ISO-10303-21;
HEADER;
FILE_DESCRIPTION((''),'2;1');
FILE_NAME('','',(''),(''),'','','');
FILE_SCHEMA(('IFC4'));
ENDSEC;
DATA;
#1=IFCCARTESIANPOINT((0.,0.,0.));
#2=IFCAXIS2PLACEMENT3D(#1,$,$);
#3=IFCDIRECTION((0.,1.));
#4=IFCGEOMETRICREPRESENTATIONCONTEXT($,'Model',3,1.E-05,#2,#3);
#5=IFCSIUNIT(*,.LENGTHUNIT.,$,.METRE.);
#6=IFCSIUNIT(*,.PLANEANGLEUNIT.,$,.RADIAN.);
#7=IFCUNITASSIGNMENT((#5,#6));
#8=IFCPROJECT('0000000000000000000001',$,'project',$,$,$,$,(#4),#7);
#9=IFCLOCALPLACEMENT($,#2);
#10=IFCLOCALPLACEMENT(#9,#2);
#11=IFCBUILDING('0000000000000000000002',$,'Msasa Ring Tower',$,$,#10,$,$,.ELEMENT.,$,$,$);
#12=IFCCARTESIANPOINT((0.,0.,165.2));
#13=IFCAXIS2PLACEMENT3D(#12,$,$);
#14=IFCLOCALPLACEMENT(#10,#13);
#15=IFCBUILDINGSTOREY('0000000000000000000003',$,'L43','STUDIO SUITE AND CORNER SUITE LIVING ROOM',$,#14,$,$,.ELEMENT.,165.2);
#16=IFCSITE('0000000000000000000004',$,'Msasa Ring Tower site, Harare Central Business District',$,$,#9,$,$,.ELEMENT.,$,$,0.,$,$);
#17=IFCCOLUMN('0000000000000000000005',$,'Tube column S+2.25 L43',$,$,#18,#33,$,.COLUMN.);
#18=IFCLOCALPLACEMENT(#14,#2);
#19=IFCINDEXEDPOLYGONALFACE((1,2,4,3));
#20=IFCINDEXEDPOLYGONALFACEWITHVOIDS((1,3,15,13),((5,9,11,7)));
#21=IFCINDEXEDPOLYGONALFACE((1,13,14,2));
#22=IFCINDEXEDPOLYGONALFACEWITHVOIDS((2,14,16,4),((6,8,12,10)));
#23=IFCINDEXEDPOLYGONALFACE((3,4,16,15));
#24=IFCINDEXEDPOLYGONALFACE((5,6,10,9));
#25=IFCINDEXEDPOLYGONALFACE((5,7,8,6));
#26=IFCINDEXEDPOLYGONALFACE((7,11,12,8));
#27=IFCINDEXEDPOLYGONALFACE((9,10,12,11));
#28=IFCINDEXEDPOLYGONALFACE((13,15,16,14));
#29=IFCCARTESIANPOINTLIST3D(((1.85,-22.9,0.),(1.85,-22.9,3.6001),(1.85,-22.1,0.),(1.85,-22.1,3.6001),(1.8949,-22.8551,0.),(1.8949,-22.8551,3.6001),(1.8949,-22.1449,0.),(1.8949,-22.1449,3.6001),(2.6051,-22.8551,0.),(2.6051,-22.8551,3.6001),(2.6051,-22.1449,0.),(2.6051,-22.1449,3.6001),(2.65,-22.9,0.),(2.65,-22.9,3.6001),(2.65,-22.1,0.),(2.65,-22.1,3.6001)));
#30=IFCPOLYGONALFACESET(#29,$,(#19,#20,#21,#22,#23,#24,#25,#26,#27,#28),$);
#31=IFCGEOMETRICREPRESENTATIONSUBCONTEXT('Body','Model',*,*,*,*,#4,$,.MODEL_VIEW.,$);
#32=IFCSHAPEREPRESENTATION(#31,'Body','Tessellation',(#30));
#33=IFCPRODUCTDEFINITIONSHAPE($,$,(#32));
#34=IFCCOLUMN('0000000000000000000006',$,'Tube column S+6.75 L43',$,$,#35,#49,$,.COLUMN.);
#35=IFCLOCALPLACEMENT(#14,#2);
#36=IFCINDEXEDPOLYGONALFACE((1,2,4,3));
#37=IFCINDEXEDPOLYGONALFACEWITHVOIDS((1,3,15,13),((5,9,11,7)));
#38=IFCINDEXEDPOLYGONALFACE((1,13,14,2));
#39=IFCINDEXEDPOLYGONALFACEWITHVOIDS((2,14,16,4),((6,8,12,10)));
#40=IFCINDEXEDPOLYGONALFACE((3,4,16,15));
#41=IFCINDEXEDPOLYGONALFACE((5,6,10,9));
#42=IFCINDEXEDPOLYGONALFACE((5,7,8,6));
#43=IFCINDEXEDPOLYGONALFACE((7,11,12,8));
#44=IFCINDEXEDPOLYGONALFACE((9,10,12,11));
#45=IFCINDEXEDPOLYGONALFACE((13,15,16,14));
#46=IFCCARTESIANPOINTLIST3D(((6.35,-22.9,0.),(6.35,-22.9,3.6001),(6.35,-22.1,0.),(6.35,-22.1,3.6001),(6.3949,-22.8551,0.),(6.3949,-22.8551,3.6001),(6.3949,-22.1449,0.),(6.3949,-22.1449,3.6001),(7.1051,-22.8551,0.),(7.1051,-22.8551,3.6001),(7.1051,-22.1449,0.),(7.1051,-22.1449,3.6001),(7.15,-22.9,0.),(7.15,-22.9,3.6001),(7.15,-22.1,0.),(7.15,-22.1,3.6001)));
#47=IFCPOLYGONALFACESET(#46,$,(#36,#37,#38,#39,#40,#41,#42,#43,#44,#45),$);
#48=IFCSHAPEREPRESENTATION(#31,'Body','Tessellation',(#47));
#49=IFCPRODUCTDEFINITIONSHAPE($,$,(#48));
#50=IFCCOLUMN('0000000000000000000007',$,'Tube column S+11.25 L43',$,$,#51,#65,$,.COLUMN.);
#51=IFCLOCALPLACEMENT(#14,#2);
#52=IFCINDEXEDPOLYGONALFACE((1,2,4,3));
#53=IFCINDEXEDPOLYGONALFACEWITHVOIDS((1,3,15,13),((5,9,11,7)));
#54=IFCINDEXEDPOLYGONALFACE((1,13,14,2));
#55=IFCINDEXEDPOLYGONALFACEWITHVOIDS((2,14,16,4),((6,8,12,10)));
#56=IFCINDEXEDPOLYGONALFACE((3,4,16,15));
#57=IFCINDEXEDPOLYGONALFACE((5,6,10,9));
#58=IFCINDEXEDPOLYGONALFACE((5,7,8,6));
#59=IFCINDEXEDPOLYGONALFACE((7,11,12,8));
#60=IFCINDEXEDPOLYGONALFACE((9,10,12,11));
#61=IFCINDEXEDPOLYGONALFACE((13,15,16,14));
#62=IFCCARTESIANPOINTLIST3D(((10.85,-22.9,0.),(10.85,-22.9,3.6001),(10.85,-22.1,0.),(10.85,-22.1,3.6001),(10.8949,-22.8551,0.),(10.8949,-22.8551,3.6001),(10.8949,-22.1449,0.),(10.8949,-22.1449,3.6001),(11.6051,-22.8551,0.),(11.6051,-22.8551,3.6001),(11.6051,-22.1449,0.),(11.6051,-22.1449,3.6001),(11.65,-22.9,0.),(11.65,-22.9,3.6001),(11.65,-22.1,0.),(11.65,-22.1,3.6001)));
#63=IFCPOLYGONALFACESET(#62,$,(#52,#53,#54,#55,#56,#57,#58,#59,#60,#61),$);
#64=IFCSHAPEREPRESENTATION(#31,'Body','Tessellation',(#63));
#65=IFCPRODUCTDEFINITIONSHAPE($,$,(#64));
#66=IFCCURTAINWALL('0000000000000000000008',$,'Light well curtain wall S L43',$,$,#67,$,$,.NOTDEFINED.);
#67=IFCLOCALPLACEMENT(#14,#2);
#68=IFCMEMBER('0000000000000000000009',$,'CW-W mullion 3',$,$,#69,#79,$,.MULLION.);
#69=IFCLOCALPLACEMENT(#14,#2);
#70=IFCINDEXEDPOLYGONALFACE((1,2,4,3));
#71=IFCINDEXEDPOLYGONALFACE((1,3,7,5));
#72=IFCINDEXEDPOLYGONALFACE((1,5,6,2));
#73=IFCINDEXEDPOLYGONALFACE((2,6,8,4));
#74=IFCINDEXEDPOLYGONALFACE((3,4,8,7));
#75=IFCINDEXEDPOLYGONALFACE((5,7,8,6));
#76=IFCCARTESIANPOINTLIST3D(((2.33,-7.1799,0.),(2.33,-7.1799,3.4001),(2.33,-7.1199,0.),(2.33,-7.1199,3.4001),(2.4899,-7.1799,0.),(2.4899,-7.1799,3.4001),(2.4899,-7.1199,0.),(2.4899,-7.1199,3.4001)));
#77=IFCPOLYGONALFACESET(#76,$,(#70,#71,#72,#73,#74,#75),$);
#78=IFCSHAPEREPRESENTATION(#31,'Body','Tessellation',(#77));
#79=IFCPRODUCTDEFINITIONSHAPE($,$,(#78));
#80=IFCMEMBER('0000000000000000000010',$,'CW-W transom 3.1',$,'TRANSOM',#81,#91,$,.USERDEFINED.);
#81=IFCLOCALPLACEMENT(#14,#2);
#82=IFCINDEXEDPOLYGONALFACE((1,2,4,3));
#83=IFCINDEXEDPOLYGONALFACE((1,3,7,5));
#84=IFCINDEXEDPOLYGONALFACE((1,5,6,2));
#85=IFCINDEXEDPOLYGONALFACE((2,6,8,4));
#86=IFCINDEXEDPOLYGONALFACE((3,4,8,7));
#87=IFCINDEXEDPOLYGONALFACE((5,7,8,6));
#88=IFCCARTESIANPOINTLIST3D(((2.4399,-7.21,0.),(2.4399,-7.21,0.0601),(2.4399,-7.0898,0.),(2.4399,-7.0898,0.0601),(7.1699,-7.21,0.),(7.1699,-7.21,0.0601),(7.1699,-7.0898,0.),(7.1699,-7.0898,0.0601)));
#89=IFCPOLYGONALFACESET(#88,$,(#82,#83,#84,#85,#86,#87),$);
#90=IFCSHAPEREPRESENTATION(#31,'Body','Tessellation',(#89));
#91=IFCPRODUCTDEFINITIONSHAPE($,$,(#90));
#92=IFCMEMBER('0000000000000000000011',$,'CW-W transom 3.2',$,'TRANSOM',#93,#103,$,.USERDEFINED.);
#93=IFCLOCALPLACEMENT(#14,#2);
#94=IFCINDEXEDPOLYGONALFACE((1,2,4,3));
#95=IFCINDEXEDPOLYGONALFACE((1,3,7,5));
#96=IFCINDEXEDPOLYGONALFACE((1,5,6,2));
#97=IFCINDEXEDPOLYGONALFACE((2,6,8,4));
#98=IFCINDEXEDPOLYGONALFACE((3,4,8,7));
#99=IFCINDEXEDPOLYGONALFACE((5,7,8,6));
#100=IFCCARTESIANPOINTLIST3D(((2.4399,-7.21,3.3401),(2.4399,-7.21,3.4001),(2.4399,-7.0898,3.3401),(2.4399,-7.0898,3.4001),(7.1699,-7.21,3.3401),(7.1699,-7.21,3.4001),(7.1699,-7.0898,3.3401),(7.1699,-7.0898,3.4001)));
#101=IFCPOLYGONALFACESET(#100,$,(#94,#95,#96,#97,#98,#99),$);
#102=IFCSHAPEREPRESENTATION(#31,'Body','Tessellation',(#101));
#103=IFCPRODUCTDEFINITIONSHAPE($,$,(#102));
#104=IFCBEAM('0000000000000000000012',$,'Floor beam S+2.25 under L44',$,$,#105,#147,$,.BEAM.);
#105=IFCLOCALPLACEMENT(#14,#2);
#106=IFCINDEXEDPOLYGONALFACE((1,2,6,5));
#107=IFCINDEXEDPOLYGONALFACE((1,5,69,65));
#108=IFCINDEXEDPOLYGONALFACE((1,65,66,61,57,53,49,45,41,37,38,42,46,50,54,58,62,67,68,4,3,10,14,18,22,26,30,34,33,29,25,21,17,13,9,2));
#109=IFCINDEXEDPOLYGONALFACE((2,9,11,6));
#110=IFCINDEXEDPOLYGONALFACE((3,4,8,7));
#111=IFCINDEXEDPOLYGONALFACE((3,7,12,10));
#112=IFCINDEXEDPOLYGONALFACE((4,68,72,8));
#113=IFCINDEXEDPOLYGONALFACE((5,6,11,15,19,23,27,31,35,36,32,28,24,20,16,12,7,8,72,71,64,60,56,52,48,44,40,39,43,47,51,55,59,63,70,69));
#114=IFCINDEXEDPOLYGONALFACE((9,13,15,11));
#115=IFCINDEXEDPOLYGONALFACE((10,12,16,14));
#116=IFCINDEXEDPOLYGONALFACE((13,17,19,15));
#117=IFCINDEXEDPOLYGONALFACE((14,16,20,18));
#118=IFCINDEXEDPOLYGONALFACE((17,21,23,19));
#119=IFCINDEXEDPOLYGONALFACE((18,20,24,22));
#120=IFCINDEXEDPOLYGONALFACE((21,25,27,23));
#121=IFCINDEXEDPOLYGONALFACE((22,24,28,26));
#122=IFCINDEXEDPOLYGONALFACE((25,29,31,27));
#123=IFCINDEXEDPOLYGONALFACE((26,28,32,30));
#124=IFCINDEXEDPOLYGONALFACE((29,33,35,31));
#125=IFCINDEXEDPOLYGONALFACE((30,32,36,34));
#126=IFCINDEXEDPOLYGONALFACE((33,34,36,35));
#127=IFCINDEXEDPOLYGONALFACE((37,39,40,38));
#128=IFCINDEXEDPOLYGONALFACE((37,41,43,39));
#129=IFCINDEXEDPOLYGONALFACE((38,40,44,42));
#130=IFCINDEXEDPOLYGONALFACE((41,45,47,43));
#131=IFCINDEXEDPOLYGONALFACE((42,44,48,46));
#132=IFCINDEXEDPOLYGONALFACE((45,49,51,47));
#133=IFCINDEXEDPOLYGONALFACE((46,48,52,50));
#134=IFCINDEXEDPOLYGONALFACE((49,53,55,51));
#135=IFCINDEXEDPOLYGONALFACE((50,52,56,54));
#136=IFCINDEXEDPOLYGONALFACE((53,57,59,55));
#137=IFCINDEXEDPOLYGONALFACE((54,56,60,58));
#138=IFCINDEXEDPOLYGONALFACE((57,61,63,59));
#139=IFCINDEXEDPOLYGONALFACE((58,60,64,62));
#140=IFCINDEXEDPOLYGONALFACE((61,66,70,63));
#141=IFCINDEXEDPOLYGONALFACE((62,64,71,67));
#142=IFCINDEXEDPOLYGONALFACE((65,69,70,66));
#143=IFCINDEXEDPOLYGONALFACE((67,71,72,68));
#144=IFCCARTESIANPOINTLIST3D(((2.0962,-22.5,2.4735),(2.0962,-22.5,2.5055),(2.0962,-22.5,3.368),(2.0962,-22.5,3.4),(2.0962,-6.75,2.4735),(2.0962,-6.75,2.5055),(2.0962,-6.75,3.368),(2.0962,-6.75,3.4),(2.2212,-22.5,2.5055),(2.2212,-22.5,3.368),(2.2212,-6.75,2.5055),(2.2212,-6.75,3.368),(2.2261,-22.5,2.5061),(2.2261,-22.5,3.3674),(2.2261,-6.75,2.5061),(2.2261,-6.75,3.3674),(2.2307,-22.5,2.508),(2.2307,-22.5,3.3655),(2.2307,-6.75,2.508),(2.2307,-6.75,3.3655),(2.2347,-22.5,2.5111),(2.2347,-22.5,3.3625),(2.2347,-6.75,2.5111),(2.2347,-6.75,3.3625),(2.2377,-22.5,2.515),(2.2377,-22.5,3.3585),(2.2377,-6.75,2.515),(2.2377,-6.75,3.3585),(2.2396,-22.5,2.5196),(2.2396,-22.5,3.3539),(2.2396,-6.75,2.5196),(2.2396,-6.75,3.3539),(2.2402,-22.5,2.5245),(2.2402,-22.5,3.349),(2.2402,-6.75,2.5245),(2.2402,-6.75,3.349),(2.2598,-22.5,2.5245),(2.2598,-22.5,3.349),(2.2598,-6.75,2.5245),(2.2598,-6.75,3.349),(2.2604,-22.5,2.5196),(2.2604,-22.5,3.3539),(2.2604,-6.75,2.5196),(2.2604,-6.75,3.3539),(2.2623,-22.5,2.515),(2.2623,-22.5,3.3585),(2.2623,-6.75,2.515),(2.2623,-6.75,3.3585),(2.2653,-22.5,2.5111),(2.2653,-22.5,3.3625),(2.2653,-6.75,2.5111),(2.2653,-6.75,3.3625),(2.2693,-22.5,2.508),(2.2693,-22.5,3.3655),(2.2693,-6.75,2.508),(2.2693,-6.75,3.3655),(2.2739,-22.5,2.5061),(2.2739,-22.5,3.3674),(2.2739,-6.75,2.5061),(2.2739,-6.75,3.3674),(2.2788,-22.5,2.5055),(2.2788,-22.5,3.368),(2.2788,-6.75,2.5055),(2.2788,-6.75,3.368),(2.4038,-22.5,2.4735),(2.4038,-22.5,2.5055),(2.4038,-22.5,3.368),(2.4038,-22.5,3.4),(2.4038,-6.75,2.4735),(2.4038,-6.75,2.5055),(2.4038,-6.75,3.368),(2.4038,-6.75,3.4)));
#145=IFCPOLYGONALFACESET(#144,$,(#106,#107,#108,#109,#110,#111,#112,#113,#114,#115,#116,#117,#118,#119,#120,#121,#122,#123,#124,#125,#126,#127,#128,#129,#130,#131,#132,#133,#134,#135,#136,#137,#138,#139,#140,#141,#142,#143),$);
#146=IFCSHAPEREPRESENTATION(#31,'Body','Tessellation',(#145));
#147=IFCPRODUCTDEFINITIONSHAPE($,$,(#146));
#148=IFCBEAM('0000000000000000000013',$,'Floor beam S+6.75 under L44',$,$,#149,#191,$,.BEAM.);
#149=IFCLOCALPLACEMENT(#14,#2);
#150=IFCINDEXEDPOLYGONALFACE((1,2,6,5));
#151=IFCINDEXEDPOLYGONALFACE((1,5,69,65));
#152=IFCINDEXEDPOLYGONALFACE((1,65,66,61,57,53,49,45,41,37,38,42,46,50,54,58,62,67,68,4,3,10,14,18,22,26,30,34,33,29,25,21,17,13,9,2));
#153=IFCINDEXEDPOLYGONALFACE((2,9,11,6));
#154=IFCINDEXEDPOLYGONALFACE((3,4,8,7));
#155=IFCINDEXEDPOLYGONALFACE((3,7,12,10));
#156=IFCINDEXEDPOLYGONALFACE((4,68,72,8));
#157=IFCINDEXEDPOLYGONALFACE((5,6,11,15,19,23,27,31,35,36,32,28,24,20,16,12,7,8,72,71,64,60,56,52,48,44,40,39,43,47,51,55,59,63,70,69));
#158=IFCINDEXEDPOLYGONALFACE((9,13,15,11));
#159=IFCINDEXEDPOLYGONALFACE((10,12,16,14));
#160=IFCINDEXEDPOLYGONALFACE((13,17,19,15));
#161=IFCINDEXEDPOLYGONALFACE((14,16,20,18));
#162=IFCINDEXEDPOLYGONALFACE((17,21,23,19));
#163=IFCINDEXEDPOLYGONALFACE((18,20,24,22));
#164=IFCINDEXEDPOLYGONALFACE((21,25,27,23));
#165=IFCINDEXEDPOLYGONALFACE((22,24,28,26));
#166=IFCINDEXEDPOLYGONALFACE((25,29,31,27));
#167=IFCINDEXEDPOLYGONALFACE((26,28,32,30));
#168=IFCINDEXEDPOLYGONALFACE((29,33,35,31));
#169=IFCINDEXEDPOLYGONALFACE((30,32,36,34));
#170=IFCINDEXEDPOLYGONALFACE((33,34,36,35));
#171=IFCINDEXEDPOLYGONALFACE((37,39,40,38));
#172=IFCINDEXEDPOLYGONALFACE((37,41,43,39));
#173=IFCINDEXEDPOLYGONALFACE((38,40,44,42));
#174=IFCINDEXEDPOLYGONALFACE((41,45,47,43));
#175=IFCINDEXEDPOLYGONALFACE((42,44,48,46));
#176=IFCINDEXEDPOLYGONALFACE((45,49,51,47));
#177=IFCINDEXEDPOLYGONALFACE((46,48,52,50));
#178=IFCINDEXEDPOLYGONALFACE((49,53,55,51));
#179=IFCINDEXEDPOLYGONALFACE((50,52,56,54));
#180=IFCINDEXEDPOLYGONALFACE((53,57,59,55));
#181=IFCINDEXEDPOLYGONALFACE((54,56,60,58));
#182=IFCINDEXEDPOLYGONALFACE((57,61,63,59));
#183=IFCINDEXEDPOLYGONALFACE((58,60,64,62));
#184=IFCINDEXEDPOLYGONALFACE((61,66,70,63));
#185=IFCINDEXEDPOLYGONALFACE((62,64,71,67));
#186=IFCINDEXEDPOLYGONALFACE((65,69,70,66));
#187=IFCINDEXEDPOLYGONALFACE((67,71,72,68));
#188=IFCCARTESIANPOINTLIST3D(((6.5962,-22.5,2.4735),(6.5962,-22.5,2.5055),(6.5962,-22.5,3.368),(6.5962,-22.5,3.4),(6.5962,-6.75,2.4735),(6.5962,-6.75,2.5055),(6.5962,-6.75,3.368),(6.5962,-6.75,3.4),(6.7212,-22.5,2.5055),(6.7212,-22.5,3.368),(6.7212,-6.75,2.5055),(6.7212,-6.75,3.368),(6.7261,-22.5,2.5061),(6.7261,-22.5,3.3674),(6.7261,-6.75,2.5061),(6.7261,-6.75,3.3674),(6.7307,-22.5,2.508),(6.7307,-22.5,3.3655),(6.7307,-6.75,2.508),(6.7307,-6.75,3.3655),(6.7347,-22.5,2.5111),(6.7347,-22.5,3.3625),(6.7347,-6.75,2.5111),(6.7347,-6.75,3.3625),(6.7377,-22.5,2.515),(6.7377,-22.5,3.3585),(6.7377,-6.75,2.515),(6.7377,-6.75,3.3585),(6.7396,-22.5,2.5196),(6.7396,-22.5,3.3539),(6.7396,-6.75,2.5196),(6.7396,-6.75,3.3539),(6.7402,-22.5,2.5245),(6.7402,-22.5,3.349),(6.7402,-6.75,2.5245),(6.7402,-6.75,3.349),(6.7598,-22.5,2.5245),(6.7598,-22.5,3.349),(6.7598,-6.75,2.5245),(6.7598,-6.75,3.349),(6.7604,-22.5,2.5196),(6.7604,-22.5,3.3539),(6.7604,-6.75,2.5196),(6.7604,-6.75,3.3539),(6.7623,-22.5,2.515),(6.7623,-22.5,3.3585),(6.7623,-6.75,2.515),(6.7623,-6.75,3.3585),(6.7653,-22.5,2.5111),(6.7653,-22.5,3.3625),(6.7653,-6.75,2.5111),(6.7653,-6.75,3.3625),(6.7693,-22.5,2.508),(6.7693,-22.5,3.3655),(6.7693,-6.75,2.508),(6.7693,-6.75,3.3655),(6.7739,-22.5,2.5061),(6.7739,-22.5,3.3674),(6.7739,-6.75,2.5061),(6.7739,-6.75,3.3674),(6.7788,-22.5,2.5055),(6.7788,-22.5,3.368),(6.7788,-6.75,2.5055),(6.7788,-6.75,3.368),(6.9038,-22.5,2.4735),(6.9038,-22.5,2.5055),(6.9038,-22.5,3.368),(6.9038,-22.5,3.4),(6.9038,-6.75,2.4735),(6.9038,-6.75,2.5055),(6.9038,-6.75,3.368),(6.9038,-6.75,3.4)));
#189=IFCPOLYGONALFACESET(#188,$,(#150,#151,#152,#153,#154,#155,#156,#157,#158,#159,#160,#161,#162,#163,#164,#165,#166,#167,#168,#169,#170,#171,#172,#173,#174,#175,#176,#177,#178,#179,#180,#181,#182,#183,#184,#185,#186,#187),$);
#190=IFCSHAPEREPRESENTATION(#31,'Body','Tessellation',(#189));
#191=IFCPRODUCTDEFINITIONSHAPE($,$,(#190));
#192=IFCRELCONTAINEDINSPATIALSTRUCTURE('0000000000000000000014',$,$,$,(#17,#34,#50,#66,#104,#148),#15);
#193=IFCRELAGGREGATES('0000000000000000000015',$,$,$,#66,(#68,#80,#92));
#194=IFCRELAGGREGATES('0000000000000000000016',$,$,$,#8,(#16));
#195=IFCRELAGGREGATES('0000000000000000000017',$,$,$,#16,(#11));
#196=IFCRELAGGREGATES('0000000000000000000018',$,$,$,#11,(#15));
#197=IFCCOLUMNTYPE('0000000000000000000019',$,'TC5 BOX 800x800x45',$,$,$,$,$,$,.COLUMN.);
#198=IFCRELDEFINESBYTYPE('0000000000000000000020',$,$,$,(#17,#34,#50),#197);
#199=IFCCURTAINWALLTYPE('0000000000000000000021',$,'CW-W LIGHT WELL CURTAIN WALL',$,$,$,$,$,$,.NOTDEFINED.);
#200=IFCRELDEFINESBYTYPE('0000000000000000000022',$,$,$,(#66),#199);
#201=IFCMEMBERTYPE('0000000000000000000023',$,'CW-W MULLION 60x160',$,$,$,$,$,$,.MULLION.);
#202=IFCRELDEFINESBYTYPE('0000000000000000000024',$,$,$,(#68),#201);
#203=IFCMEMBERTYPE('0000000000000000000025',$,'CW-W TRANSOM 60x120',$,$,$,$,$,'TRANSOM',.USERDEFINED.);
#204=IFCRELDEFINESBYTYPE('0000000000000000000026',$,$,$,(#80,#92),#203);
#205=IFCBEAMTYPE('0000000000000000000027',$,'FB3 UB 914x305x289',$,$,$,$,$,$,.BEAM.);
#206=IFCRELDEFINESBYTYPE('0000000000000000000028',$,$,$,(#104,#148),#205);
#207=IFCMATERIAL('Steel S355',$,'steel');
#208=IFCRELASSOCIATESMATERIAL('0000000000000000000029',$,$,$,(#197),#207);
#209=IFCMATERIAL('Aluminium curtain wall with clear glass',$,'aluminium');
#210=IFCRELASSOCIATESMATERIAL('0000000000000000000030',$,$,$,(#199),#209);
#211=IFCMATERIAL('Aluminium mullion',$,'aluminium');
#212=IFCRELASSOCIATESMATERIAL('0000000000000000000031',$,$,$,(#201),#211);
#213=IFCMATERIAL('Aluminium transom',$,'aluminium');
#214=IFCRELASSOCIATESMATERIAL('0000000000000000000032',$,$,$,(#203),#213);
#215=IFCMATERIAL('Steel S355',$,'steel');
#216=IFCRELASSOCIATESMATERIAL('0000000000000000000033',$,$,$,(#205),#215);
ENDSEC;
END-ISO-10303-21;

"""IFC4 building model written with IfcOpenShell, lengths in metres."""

from ifc_helpers import new_model, si_unit, direction, frame, origin, origin_2d, place, context, subcontext, project, spatial, rectangle, hollow_rectangle, i_section, extrude, material, material_profile, profile_set, type_object, element, aggregate, save


model = new_model("IFC4")

# Units and contexts
model_context = context("Model", 3, precision=1e-05, world=origin(), true_north=direction((0.0, 1.0)))
body_context = subcontext(model_context, "Body", "Model", "MODEL_VIEW")
ifc_project = project(units=[si_unit("LENGTHUNIT", "METRE"), si_unit("PLANEANGLEUNIT", "RADIAN")], contexts=[model_context])

# Site, building, storey
site_placement = place(None, origin())
site = spatial("IfcSite", under=ifc_project, at=site_placement, Name="Msasa Ring Tower site, Harare Central Business District", CompositionType="ELEMENT", RefElevation=0.0)
building_placement = place(site_placement, origin())
building = spatial("IfcBuilding", under=site, at=building_placement, Name="Msasa Ring Tower", CompositionType="ELEMENT")
storey_placement = place(building_placement, frame((0.0, 0.0, 165.2)))
storey = spatial("IfcBuildingStorey", under=building, at=storey_placement, Name="L43", Description="STUDIO SUITE AND CORNER SUITE LIVING ROOM", CompositionType="ELEMENT", Elevation=165.2)

# Columns
ifc_material_1 = material(Name="Steel S355", Category="steel")
ifc_material_profile_1 = material_profile(ifc_material_1, hollow_rectangle(XDim=0.8, YDim=0.8, WallThickness=0.0449, at=origin_2d()), Name="BOX 800x800x45")
ifc_profile_set_1 = profile_set([ifc_material_profile_1], Name="Steel S355")
column_type = type_object("IfcColumnType", Name="TC5 BOX 800x800x45", PredefinedType="COLUMN", material=ifc_profile_set_1)
for number, where, z_axis, x_axis, name in (
    (1, (2.25, -22.5, 0.0), (0.0, 0.0, 1.0), (0.0, 1.0, 0.0), "Tube column S+2.25 L43"),
    (2, (6.75, -22.5, 0.0), (0.0, 0.0, 1.0), (0.0, 1.0, 0.0), "Tube column S+6.75 L43"),
    (3, (11.25, -22.5, 0.0), (0.0, 0.0, 1.0), (0.0, 1.0, 0.0), "Tube column S+11.25 L43"),
):
    element("IfcColumn", number, at=place(storey_placement, frame(where, z_axis=z_axis, x_axis=x_axis)), inside=storey, type_object=column_type, Name=name, PredefinedType="COLUMN", context=body_context, shape_type="SweptSolid", body=[
        extrude(hollow_rectangle(XDim=0.8, YDim=0.8, WallThickness=0.0449, at=origin_2d()), origin(), (0.0, 0.0, 1.0), 3.6001),
    ])

# Curtain wall, members
ifc_material_2 = material(Name="Aluminium curtain wall with clear glass", Category="aluminium")
curtain_wall_type = type_object("IfcCurtainWallType", Name="CW-W LIGHT WELL CURTAIN WALL", PredefinedType="NOTDEFINED", material=ifc_material_2)
curtain_wall_placement = place(storey_placement, origin())
curtain_wall = element("IfcCurtainWall", 4, at=curtain_wall_placement, inside=storey, type_object=curtain_wall_type, Name="Light well curtain wall S L43", PredefinedType="NOTDEFINED")
ifc_material_3 = material(Name="Aluminium mullion", Category="aluminium")
ifc_material_profile_2 = material_profile(ifc_material_3, rectangle(XDim=0.0601, YDim=0.1599, at=origin_2d()), Name="AL 60x160")
ifc_profile_set_2 = profile_set([ifc_material_profile_2], Name="Aluminium mullion")
member_type_1 = type_object("IfcMemberType", Name="CW-W MULLION 60x160", PredefinedType="MULLION", material=ifc_profile_set_2)
member_1_placement = place(storey_placement, frame((2.4099, -7.1499, 0.0), z_axis=(0.0, 0.0, 1.0), x_axis=(0.0, 1.0, 0.0)))
member_1 = element("IfcMember", 5, at=member_1_placement, type_object=member_type_1, Name="CW-W mullion 3", PredefinedType="MULLION", context=body_context, shape_type="SweptSolid", body=[
    extrude(rectangle(XDim=0.0601, YDim=0.1599, at=origin_2d()), origin(), (0.0, 0.0, 1.0), 3.4001),
])
ifc_material_4 = material(Name="Aluminium transom", Category="aluminium")
ifc_material_profile_3 = material_profile(ifc_material_4, rectangle(XDim=0.1201, YDim=0.0601, at=origin_2d()), Name="AL 60x120")
ifc_profile_set_3 = profile_set([ifc_material_profile_3], Name="Aluminium transom")
member_type_2 = type_object("IfcMemberType", Name="CW-W TRANSOM 60x120", ElementType="TRANSOM", PredefinedType="USERDEFINED", material=ifc_profile_set_3)
member_2_placement = place(storey_placement, frame((2.4399, -7.1499, 0.03), z_axis=(1.0, 0.0, 0.0), x_axis=(0.0, 1.0, 0.0)))
member_2 = element("IfcMember", 6, at=member_2_placement, type_object=member_type_2, Name="CW-W transom 3.1", ObjectType="TRANSOM", PredefinedType="USERDEFINED", context=body_context, shape_type="SweptSolid", body=[
    extrude(rectangle(XDim=0.1201, YDim=0.0601, at=origin_2d()), origin(), (0.0, 0.0, 1.0), 4.73),
])
member_3_placement = place(storey_placement, frame((2.4399, -7.1499, 3.3701), z_axis=(1.0, 0.0, 0.0), x_axis=(0.0, 1.0, 0.0)))
member_3 = element("IfcMember", 7, at=member_3_placement, type_object=member_type_2, Name="CW-W transom 3.2", ObjectType="TRANSOM", PredefinedType="USERDEFINED", context=body_context, shape_type="SweptSolid", body=[
    extrude(rectangle(XDim=0.1201, YDim=0.0601, at=origin_2d()), origin(), (0.0, 0.0, 1.0), 4.73),
])

# Beams
ifc_material_5 = material(Name="Steel S355", Category="steel")
ifc_material_profile_4 = material_profile(ifc_material_5, i_section(OverallWidth=0.3076, OverallDepth=0.9265, WebThickness=0.0195, FlangeThickness=0.032, FilletRadius=0.019, at=origin_2d()), Name="UB 914x305x289")
ifc_profile_set_4 = profile_set([ifc_material_profile_4], Name="Steel S355")
beam_type_1 = type_object("IfcBeamType", Name="FB3 UB 914x305x289", PredefinedType="BEAM", material=ifc_profile_set_4)
for number, where, z_axis, x_axis, name in (
    (8, (2.25, -22.5, 2.9368), (0.0, 1.0, 0.0), (-1.0, 0.0, 0.0), "Floor beam S+2.25 under L44"),
    (9, (6.75, -22.5, 2.9368), (0.0, 1.0, 0.0), (-1.0, 0.0, 0.0), "Floor beam S+6.75 under L44"),
):
    element("IfcBeam", number, at=place(storey_placement, frame(where, z_axis=z_axis, x_axis=x_axis)), inside=storey, type_object=beam_type_1, Name=name, PredefinedType="BEAM", context=body_context, shape_type="SweptSolid", body=[
        extrude(i_section(OverallWidth=0.3076, OverallDepth=0.9265, WebThickness=0.0195, FlangeThickness=0.032, FilletRadius=0.019, at=origin_2d()), origin(), (0.0, 0.0, 1.0), 15.75),
    ])

aggregate(curtain_wall, [member_1, member_2, member_3])

save(model, "model.ifc")
